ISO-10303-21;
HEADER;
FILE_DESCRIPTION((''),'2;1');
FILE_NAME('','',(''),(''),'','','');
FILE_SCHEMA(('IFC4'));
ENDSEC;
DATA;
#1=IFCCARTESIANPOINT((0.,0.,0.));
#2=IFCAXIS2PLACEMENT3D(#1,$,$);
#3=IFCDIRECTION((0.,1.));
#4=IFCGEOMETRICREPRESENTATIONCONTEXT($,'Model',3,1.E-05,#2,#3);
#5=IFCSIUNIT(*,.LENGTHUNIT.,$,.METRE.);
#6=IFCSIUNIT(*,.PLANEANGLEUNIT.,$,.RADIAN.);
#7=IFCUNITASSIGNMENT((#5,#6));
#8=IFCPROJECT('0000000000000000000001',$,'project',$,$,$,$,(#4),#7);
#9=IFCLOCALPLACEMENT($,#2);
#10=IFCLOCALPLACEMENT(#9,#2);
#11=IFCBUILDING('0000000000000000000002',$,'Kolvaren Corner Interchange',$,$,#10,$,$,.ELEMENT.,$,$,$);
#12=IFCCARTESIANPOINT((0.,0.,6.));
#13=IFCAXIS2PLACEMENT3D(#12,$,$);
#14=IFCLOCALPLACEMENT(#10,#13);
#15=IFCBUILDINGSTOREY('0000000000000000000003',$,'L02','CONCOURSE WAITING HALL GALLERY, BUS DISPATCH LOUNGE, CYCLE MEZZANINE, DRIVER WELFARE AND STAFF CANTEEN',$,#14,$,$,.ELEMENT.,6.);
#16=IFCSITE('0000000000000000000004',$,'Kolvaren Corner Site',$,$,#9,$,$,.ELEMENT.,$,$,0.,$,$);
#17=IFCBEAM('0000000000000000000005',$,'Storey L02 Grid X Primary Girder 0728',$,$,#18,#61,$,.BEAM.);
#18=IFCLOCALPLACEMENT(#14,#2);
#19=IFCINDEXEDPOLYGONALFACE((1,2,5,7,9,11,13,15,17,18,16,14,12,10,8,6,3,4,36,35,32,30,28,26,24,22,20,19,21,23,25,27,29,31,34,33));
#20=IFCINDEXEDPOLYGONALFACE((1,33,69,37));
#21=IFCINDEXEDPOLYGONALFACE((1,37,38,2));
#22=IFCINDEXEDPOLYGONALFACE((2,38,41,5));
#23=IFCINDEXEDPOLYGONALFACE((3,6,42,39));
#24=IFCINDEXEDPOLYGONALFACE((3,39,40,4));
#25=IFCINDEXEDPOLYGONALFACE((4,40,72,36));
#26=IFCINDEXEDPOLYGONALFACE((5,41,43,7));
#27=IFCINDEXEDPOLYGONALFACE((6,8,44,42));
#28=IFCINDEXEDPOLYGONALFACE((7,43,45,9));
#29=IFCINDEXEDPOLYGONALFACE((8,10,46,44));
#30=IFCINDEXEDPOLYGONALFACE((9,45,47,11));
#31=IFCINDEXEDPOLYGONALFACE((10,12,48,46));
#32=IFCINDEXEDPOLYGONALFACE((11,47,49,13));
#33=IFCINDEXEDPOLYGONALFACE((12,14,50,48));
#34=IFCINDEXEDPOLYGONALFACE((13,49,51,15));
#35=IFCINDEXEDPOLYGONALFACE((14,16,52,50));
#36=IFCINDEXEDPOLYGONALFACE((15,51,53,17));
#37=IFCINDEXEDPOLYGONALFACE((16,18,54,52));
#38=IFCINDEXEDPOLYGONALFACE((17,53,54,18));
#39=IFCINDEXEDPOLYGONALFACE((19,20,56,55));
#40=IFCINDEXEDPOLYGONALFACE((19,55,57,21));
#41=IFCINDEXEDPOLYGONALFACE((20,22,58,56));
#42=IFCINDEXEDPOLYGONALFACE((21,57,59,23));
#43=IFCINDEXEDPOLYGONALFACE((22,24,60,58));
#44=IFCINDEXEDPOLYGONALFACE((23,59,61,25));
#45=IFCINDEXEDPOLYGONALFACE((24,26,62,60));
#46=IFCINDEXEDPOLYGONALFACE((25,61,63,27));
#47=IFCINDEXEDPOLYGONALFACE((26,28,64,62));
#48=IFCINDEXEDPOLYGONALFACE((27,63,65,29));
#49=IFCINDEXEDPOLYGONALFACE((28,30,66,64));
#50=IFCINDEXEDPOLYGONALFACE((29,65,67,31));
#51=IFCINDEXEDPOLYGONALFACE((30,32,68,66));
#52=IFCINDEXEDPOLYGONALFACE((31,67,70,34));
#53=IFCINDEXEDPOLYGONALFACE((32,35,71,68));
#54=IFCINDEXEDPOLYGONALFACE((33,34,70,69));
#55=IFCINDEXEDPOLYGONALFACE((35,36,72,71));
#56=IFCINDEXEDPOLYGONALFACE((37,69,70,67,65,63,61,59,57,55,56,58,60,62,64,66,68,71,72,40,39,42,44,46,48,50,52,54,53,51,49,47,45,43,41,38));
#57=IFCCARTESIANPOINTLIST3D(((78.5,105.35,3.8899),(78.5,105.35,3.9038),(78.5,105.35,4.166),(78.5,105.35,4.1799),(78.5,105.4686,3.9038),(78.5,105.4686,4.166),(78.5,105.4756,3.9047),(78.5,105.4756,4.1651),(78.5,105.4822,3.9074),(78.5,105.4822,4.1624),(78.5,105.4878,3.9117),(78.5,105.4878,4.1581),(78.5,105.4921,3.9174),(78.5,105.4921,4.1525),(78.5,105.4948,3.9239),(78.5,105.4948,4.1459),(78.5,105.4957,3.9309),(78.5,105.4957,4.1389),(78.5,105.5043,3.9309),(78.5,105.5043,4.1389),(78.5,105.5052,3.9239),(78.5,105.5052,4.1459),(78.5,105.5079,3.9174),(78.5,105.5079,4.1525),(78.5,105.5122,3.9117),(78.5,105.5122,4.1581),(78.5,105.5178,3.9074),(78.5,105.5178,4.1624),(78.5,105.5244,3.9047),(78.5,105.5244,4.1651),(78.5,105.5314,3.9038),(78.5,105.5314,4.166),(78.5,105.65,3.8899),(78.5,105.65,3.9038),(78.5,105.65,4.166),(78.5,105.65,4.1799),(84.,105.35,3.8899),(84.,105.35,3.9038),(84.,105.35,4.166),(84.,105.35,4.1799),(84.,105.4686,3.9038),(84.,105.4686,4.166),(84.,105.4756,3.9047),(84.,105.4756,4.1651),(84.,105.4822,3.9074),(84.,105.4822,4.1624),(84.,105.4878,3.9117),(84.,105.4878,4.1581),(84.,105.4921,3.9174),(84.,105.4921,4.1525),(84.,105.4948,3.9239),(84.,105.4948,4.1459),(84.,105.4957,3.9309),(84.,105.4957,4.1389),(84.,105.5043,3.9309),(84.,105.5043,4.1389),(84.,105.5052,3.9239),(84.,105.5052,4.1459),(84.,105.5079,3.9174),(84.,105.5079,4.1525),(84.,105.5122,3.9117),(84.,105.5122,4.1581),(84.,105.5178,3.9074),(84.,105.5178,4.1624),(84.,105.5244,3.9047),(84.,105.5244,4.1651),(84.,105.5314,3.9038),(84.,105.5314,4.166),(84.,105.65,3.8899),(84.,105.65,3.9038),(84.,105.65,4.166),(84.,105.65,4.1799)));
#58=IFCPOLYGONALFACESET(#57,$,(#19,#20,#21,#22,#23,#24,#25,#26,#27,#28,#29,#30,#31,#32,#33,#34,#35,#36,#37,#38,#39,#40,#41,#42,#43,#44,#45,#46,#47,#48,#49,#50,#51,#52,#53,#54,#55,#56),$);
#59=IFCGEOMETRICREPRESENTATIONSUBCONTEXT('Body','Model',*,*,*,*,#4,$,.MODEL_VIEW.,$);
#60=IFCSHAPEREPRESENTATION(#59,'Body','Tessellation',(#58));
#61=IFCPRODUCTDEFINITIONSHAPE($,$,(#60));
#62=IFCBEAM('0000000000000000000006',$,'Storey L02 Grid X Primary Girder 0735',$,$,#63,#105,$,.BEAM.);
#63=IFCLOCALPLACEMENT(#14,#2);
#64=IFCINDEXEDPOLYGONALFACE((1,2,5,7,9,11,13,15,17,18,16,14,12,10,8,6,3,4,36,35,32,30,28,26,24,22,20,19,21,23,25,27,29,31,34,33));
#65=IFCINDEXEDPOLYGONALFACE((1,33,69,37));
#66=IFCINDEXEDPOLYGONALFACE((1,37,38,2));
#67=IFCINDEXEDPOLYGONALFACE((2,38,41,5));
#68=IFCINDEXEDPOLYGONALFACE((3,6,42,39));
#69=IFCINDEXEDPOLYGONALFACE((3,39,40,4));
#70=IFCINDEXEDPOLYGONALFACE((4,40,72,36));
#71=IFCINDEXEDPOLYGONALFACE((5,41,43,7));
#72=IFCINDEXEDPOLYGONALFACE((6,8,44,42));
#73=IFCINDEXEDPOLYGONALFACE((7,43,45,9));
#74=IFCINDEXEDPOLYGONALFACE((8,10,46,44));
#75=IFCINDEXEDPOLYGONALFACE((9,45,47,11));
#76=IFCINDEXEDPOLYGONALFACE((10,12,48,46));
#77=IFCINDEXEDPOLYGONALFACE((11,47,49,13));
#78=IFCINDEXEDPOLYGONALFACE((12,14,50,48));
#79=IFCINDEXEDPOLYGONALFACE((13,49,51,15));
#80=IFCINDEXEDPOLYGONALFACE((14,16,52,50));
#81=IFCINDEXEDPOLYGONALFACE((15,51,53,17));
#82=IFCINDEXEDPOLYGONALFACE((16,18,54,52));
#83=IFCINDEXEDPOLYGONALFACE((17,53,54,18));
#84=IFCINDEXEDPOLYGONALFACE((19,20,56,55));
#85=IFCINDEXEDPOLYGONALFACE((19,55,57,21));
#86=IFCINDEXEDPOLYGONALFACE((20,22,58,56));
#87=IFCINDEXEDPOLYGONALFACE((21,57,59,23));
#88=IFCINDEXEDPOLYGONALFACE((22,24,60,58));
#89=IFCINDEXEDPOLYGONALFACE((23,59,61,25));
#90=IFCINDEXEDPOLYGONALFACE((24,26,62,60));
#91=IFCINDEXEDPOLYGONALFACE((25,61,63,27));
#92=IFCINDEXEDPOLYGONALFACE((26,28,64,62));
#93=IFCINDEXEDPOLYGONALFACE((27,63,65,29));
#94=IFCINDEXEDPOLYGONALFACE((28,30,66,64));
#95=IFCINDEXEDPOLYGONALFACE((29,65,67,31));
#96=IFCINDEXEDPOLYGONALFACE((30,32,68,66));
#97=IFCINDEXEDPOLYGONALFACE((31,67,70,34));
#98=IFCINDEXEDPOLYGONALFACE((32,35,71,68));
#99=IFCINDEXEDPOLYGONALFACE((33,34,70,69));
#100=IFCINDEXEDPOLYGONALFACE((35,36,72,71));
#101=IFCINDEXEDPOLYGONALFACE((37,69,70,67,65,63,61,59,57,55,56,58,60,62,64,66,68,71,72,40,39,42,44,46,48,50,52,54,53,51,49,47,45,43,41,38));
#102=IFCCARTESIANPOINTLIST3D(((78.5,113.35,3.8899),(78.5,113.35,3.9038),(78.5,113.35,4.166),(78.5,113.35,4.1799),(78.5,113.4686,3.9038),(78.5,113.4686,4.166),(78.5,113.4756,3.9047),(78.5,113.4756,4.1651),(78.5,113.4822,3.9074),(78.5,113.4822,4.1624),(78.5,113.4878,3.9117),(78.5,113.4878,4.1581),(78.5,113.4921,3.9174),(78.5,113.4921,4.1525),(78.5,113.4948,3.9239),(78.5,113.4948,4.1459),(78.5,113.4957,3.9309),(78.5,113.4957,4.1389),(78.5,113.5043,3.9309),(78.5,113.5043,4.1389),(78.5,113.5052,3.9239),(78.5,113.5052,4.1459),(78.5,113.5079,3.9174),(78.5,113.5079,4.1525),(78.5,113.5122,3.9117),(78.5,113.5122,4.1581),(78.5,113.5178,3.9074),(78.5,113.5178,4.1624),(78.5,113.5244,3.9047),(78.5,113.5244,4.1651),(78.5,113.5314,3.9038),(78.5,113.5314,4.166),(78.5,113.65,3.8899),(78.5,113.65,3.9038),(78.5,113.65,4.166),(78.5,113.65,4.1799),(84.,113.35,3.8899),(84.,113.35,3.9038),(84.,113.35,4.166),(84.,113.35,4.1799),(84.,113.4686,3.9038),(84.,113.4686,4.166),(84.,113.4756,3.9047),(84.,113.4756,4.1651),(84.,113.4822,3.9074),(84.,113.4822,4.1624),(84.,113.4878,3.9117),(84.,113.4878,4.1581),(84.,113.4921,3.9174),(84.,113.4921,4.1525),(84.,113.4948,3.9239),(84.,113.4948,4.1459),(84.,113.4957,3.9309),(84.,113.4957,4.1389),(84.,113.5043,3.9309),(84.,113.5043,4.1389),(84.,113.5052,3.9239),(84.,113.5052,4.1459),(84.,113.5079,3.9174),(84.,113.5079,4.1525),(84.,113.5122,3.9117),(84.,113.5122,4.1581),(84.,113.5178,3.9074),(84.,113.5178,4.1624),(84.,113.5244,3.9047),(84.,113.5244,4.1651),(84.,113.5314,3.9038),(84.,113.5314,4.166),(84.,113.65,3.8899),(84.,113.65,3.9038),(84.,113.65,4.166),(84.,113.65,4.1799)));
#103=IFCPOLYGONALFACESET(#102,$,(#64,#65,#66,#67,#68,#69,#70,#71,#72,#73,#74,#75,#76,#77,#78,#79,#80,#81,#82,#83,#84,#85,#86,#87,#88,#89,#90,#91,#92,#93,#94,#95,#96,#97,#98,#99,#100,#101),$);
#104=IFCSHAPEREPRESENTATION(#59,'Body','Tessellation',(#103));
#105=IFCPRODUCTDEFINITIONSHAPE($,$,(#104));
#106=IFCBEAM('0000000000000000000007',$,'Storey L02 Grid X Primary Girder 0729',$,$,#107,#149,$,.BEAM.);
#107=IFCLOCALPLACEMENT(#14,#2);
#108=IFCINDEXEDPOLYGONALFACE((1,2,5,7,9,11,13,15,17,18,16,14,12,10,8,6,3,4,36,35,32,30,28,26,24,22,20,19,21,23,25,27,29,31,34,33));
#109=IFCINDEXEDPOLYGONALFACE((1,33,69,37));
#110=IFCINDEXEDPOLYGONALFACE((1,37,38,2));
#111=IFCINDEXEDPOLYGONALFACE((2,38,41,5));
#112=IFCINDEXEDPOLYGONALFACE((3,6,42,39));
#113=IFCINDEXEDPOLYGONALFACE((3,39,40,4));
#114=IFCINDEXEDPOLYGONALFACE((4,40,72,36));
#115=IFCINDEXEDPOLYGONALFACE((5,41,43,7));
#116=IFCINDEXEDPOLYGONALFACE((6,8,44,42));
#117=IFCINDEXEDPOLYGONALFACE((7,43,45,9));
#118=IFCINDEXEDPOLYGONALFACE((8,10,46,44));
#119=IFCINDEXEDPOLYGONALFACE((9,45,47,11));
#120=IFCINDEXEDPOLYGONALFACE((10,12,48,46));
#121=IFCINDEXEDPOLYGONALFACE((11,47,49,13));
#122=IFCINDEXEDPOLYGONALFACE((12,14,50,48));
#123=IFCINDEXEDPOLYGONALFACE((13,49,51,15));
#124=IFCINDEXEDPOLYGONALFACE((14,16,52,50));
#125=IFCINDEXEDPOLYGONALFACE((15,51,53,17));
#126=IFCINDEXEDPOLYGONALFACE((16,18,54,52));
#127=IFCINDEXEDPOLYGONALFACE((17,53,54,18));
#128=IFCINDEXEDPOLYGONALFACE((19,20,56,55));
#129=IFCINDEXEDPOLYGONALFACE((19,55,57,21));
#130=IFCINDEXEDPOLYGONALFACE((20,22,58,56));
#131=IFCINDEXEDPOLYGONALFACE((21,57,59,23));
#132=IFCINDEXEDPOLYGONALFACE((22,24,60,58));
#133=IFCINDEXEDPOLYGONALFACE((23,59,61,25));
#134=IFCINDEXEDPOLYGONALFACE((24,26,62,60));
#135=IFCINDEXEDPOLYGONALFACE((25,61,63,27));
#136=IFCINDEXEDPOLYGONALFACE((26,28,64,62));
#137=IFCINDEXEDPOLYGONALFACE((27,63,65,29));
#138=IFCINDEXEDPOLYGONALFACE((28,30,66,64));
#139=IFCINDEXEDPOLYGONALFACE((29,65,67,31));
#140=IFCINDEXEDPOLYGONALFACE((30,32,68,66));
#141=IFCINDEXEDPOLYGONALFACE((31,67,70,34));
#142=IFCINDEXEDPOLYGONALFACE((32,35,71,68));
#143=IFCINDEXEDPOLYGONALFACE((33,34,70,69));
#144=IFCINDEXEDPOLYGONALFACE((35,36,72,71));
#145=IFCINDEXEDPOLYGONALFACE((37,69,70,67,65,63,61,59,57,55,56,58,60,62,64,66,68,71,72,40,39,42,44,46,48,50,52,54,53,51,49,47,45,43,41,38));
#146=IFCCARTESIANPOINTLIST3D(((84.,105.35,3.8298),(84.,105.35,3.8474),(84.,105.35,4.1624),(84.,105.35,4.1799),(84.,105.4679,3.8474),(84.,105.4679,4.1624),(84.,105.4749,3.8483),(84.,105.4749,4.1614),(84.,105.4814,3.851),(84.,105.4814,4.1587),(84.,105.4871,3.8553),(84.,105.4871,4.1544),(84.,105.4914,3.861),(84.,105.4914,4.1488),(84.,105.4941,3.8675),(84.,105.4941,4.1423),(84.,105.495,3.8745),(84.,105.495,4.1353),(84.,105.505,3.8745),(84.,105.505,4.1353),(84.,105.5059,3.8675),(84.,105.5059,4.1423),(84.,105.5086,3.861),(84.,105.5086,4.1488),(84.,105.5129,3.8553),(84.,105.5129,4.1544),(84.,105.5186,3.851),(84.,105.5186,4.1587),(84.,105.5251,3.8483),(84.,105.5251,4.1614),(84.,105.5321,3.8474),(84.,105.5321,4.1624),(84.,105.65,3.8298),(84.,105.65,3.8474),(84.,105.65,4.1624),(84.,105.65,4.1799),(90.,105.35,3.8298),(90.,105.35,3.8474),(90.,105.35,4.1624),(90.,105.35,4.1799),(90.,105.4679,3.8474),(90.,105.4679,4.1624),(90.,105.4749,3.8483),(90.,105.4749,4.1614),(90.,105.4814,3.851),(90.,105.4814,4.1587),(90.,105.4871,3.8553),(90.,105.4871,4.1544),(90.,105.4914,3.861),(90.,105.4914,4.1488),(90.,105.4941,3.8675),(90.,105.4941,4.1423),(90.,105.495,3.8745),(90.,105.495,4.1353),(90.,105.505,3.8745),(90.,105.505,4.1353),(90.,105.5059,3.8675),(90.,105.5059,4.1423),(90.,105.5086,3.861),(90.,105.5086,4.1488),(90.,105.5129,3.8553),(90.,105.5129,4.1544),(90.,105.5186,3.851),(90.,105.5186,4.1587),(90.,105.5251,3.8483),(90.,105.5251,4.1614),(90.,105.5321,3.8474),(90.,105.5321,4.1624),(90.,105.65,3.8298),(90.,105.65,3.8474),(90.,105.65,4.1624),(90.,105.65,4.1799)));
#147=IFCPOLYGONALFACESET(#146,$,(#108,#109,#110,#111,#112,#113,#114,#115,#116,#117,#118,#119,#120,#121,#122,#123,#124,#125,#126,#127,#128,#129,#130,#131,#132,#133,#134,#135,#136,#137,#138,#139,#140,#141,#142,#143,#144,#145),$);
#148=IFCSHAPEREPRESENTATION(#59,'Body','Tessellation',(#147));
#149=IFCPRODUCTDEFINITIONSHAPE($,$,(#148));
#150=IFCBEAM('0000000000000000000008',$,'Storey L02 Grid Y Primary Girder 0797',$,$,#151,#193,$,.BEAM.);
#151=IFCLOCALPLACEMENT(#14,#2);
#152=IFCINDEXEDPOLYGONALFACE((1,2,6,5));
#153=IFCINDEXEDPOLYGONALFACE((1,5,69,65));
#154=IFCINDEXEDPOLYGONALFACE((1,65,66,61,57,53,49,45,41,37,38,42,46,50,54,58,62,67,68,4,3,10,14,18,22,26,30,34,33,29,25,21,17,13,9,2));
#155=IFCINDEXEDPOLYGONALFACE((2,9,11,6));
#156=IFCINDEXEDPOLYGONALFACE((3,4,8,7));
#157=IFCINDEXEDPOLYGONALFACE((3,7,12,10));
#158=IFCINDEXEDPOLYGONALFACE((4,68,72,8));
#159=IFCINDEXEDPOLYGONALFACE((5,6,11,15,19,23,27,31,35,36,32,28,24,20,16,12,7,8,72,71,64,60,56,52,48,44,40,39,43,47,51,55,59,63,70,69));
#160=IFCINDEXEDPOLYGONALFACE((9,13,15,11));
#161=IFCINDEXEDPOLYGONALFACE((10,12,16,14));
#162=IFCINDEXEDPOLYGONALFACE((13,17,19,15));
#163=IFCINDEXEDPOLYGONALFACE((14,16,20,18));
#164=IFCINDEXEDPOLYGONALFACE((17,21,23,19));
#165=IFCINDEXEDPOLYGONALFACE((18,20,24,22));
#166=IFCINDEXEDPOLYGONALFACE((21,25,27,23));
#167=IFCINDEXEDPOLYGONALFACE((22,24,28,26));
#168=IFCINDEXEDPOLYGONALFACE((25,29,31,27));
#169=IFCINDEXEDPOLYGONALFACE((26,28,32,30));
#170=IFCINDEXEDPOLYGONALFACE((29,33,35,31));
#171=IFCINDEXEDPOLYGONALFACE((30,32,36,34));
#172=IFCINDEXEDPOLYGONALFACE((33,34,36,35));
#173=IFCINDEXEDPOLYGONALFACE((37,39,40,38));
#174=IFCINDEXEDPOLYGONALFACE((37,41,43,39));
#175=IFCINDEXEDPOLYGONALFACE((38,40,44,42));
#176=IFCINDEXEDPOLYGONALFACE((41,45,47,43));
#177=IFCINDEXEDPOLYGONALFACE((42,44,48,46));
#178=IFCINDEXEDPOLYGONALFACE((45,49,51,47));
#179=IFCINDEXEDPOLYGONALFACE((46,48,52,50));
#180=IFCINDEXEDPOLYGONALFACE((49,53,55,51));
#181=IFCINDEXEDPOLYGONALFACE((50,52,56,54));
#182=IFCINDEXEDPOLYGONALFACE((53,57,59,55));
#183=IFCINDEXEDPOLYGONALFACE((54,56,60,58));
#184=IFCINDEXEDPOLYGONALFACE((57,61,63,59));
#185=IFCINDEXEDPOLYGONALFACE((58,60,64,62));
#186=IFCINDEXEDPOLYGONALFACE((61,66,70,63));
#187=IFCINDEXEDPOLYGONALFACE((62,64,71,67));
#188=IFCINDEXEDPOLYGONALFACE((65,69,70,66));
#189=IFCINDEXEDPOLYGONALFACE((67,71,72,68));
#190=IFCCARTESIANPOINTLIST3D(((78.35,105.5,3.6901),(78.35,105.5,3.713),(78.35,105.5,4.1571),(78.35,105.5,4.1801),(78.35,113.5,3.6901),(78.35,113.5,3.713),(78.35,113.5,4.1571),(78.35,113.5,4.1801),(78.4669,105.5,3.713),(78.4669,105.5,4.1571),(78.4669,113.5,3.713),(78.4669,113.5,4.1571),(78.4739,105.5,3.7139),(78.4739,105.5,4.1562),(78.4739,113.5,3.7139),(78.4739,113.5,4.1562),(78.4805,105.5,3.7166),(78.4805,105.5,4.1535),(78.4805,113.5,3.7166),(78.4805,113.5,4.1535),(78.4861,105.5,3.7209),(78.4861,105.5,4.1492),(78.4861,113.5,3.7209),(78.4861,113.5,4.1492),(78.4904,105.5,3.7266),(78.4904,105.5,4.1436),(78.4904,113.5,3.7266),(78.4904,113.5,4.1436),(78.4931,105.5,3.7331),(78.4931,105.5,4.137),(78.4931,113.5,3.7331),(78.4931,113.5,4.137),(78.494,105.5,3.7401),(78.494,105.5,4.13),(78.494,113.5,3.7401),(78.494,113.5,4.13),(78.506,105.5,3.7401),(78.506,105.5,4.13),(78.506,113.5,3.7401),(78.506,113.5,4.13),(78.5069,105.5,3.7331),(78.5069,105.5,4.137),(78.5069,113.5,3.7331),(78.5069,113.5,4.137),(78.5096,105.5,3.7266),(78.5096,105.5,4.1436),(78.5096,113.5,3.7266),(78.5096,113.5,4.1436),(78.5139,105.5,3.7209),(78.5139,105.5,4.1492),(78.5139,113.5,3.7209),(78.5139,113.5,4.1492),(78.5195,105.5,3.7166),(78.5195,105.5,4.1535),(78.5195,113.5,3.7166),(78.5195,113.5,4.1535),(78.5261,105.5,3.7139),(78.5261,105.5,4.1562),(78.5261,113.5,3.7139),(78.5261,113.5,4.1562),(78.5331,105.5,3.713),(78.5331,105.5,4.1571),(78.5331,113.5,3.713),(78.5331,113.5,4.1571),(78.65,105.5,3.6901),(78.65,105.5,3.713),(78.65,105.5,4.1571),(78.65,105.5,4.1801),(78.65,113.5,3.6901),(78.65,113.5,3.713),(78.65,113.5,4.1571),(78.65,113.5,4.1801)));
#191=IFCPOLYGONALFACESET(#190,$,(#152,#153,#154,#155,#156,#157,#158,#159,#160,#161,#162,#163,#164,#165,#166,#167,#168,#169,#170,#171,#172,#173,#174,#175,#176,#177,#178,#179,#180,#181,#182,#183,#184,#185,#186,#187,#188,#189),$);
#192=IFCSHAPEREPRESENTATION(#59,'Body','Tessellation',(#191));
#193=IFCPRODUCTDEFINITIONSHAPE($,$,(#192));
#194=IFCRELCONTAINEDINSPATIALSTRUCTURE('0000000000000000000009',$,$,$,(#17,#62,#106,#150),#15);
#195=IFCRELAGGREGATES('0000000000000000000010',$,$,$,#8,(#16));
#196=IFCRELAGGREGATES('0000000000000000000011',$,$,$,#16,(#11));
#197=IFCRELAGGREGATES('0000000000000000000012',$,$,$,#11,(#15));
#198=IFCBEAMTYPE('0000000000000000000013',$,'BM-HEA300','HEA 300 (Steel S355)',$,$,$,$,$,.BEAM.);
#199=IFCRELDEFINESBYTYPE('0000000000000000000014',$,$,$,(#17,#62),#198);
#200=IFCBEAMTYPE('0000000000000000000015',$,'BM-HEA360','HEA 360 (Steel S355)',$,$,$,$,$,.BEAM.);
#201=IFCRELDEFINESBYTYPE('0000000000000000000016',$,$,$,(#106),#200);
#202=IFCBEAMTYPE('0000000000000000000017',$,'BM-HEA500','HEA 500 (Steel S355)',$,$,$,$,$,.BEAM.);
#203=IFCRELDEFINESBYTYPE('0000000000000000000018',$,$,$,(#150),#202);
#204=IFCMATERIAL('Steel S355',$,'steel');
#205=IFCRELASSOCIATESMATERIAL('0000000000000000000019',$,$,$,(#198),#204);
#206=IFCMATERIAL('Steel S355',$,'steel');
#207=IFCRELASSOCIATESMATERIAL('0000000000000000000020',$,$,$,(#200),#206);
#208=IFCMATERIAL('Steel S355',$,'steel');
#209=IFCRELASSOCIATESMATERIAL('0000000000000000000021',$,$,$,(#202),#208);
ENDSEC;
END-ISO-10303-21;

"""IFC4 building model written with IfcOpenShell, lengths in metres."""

from ifc_helpers import new_model, si_unit, direction, frame, origin, origin_2d, place, context, subcontext, project, spatial, i_section, extrude, material, material_profile, profile_set, type_object, element, save


model = new_model("IFC4")

# Units and contexts
model_context = context("Model", 3, precision=1e-05, world=origin(), true_north=direction((0.0, 1.0)))
body_context = subcontext(model_context, "Body", "Model", "MODEL_VIEW")
ifc_project = project(units=[si_unit("LENGTHUNIT", "METRE"), si_unit("PLANEANGLEUNIT", "RADIAN")], contexts=[model_context])

# Site, building, storey
site_placement = place(None, origin())
site = spatial("IfcSite", under=ifc_project, at=site_placement, Name="Kolvaren Corner Site", CompositionType="ELEMENT", RefElevation=0.0)
building_placement = place(site_placement, origin())
building = spatial("IfcBuilding", under=site, at=building_placement, Name="Kolvaren Corner Interchange", CompositionType="ELEMENT")
storey_placement = place(building_placement, frame((0.0, 0.0, 6.0)))
storey = spatial("IfcBuildingStorey", under=building, at=storey_placement, Name="L02", Description="CONCOURSE WAITING HALL GALLERY, BUS DISPATCH LOUNGE, CYCLE MEZZANINE, DRIVER WELFARE AND STAFF CANTEEN", CompositionType="ELEMENT", Elevation=6.0)

# Beams
ifc_material_1 = material(Name="Steel S355", Category="steel")
ifc_material_profile_1 = material_profile(ifc_material_1, i_section(OverallWidth=0.3, OverallDepth=0.29, WebThickness=0.0085, FlangeThickness=0.0139, FilletRadius=0.0271, at=origin_2d()), Name="HEA 300")
ifc_profile_set_1 = profile_set([ifc_material_profile_1], Name="Steel S355")
beam_type_1 = type_object("IfcBeamType", Name="BM-HEA300", Description="HEA 300 (Steel S355)", PredefinedType="BEAM", material=ifc_profile_set_1)
for number, where, z_axis, x_axis, name in (
    (1, (78.5, 105.5, 4.0349), (1.0, 0.0, 0.0), (0.0, 1.0, 0.0), "Storey L02 Grid X Primary Girder 0728"),
    (2, (78.5, 113.5, 4.0349), (1.0, 0.0, 0.0), (0.0, 1.0, 0.0), "Storey L02 Grid X Primary Girder 0735"),
):
    element("IfcBeam", number, at=place(storey_placement, frame(where, z_axis=z_axis, x_axis=x_axis)), inside=storey, type_object=beam_type_1, Name=name, PredefinedType="BEAM", context=body_context, shape_type="SweptSolid", body=[
        extrude(i_section(OverallWidth=0.3, OverallDepth=0.29, WebThickness=0.0085, FlangeThickness=0.0139, FilletRadius=0.0271, at=origin_2d()), origin(), (0.0, 0.0, 1.0), 5.5),
    ])
ifc_material_2 = material(Name="Steel S355", Category="steel")
ifc_material_profile_2 = material_profile(ifc_material_2, i_section(OverallWidth=0.3, OverallDepth=0.3501, WebThickness=0.01, FlangeThickness=0.0176, FilletRadius=0.0271, at=origin_2d()), Name="HEA 360")
ifc_profile_set_2 = profile_set([ifc_material_profile_2], Name="Steel S355")
beam_type_2 = type_object("IfcBeamType", Name="BM-HEA360", Description="HEA 360 (Steel S355)", PredefinedType="BEAM", material=ifc_profile_set_2)
beam_1_placement = place(storey_placement, frame((84.0, 105.5, 4.0049), z_axis=(1.0, 0.0, 0.0), x_axis=(0.0, 1.0, 0.0)))
element("IfcBeam", 3, at=beam_1_placement, inside=storey, type_object=beam_type_2, Name="Storey L02 Grid X Primary Girder 0729", PredefinedType="BEAM", context=body_context, shape_type="SweptSolid", body=[
    extrude(i_section(OverallWidth=0.3, OverallDepth=0.3501, WebThickness=0.01, FlangeThickness=0.0176, FilletRadius=0.0271, at=origin_2d()), origin(), (0.0, 0.0, 1.0), 6.0),
])
ifc_material_3 = material(Name="Steel S355", Category="steel")
ifc_material_profile_3 = material_profile(ifc_material_3, i_section(OverallWidth=0.3, OverallDepth=0.49, WebThickness=0.012, FlangeThickness=0.0229, FilletRadius=0.0271, at=origin_2d()), Name="HEA 500")
ifc_profile_set_3 = profile_set([ifc_material_profile_3], Name="Steel S355")
beam_type_3 = type_object("IfcBeamType", Name="BM-HEA500", Description="HEA 500 (Steel S355)", PredefinedType="BEAM", material=ifc_profile_set_3)
for number, where, z_axis, x_axis, name in (
    (4, (78.5, 105.5, 3.9351), (0.0, 1.0, 0.0), (-1.0, 0.0, 0.0), "Storey L02 Grid Y Primary Girder 0797"),
):
    element("IfcBeam", number, at=place(storey_placement, frame(where, z_axis=z_axis, x_axis=x_axis)), inside=storey, type_object=beam_type_3, Name=name, PredefinedType="BEAM", context=body_context, shape_type="SweptSolid", body=[
        extrude(i_section(OverallWidth=0.3, OverallDepth=0.49, WebThickness=0.012, FlangeThickness=0.0229, FilletRadius=0.0271, at=origin_2d()), origin(), (0.0, 0.0, 1.0), 8.0),
    ])

save(model, "model.ifc")
